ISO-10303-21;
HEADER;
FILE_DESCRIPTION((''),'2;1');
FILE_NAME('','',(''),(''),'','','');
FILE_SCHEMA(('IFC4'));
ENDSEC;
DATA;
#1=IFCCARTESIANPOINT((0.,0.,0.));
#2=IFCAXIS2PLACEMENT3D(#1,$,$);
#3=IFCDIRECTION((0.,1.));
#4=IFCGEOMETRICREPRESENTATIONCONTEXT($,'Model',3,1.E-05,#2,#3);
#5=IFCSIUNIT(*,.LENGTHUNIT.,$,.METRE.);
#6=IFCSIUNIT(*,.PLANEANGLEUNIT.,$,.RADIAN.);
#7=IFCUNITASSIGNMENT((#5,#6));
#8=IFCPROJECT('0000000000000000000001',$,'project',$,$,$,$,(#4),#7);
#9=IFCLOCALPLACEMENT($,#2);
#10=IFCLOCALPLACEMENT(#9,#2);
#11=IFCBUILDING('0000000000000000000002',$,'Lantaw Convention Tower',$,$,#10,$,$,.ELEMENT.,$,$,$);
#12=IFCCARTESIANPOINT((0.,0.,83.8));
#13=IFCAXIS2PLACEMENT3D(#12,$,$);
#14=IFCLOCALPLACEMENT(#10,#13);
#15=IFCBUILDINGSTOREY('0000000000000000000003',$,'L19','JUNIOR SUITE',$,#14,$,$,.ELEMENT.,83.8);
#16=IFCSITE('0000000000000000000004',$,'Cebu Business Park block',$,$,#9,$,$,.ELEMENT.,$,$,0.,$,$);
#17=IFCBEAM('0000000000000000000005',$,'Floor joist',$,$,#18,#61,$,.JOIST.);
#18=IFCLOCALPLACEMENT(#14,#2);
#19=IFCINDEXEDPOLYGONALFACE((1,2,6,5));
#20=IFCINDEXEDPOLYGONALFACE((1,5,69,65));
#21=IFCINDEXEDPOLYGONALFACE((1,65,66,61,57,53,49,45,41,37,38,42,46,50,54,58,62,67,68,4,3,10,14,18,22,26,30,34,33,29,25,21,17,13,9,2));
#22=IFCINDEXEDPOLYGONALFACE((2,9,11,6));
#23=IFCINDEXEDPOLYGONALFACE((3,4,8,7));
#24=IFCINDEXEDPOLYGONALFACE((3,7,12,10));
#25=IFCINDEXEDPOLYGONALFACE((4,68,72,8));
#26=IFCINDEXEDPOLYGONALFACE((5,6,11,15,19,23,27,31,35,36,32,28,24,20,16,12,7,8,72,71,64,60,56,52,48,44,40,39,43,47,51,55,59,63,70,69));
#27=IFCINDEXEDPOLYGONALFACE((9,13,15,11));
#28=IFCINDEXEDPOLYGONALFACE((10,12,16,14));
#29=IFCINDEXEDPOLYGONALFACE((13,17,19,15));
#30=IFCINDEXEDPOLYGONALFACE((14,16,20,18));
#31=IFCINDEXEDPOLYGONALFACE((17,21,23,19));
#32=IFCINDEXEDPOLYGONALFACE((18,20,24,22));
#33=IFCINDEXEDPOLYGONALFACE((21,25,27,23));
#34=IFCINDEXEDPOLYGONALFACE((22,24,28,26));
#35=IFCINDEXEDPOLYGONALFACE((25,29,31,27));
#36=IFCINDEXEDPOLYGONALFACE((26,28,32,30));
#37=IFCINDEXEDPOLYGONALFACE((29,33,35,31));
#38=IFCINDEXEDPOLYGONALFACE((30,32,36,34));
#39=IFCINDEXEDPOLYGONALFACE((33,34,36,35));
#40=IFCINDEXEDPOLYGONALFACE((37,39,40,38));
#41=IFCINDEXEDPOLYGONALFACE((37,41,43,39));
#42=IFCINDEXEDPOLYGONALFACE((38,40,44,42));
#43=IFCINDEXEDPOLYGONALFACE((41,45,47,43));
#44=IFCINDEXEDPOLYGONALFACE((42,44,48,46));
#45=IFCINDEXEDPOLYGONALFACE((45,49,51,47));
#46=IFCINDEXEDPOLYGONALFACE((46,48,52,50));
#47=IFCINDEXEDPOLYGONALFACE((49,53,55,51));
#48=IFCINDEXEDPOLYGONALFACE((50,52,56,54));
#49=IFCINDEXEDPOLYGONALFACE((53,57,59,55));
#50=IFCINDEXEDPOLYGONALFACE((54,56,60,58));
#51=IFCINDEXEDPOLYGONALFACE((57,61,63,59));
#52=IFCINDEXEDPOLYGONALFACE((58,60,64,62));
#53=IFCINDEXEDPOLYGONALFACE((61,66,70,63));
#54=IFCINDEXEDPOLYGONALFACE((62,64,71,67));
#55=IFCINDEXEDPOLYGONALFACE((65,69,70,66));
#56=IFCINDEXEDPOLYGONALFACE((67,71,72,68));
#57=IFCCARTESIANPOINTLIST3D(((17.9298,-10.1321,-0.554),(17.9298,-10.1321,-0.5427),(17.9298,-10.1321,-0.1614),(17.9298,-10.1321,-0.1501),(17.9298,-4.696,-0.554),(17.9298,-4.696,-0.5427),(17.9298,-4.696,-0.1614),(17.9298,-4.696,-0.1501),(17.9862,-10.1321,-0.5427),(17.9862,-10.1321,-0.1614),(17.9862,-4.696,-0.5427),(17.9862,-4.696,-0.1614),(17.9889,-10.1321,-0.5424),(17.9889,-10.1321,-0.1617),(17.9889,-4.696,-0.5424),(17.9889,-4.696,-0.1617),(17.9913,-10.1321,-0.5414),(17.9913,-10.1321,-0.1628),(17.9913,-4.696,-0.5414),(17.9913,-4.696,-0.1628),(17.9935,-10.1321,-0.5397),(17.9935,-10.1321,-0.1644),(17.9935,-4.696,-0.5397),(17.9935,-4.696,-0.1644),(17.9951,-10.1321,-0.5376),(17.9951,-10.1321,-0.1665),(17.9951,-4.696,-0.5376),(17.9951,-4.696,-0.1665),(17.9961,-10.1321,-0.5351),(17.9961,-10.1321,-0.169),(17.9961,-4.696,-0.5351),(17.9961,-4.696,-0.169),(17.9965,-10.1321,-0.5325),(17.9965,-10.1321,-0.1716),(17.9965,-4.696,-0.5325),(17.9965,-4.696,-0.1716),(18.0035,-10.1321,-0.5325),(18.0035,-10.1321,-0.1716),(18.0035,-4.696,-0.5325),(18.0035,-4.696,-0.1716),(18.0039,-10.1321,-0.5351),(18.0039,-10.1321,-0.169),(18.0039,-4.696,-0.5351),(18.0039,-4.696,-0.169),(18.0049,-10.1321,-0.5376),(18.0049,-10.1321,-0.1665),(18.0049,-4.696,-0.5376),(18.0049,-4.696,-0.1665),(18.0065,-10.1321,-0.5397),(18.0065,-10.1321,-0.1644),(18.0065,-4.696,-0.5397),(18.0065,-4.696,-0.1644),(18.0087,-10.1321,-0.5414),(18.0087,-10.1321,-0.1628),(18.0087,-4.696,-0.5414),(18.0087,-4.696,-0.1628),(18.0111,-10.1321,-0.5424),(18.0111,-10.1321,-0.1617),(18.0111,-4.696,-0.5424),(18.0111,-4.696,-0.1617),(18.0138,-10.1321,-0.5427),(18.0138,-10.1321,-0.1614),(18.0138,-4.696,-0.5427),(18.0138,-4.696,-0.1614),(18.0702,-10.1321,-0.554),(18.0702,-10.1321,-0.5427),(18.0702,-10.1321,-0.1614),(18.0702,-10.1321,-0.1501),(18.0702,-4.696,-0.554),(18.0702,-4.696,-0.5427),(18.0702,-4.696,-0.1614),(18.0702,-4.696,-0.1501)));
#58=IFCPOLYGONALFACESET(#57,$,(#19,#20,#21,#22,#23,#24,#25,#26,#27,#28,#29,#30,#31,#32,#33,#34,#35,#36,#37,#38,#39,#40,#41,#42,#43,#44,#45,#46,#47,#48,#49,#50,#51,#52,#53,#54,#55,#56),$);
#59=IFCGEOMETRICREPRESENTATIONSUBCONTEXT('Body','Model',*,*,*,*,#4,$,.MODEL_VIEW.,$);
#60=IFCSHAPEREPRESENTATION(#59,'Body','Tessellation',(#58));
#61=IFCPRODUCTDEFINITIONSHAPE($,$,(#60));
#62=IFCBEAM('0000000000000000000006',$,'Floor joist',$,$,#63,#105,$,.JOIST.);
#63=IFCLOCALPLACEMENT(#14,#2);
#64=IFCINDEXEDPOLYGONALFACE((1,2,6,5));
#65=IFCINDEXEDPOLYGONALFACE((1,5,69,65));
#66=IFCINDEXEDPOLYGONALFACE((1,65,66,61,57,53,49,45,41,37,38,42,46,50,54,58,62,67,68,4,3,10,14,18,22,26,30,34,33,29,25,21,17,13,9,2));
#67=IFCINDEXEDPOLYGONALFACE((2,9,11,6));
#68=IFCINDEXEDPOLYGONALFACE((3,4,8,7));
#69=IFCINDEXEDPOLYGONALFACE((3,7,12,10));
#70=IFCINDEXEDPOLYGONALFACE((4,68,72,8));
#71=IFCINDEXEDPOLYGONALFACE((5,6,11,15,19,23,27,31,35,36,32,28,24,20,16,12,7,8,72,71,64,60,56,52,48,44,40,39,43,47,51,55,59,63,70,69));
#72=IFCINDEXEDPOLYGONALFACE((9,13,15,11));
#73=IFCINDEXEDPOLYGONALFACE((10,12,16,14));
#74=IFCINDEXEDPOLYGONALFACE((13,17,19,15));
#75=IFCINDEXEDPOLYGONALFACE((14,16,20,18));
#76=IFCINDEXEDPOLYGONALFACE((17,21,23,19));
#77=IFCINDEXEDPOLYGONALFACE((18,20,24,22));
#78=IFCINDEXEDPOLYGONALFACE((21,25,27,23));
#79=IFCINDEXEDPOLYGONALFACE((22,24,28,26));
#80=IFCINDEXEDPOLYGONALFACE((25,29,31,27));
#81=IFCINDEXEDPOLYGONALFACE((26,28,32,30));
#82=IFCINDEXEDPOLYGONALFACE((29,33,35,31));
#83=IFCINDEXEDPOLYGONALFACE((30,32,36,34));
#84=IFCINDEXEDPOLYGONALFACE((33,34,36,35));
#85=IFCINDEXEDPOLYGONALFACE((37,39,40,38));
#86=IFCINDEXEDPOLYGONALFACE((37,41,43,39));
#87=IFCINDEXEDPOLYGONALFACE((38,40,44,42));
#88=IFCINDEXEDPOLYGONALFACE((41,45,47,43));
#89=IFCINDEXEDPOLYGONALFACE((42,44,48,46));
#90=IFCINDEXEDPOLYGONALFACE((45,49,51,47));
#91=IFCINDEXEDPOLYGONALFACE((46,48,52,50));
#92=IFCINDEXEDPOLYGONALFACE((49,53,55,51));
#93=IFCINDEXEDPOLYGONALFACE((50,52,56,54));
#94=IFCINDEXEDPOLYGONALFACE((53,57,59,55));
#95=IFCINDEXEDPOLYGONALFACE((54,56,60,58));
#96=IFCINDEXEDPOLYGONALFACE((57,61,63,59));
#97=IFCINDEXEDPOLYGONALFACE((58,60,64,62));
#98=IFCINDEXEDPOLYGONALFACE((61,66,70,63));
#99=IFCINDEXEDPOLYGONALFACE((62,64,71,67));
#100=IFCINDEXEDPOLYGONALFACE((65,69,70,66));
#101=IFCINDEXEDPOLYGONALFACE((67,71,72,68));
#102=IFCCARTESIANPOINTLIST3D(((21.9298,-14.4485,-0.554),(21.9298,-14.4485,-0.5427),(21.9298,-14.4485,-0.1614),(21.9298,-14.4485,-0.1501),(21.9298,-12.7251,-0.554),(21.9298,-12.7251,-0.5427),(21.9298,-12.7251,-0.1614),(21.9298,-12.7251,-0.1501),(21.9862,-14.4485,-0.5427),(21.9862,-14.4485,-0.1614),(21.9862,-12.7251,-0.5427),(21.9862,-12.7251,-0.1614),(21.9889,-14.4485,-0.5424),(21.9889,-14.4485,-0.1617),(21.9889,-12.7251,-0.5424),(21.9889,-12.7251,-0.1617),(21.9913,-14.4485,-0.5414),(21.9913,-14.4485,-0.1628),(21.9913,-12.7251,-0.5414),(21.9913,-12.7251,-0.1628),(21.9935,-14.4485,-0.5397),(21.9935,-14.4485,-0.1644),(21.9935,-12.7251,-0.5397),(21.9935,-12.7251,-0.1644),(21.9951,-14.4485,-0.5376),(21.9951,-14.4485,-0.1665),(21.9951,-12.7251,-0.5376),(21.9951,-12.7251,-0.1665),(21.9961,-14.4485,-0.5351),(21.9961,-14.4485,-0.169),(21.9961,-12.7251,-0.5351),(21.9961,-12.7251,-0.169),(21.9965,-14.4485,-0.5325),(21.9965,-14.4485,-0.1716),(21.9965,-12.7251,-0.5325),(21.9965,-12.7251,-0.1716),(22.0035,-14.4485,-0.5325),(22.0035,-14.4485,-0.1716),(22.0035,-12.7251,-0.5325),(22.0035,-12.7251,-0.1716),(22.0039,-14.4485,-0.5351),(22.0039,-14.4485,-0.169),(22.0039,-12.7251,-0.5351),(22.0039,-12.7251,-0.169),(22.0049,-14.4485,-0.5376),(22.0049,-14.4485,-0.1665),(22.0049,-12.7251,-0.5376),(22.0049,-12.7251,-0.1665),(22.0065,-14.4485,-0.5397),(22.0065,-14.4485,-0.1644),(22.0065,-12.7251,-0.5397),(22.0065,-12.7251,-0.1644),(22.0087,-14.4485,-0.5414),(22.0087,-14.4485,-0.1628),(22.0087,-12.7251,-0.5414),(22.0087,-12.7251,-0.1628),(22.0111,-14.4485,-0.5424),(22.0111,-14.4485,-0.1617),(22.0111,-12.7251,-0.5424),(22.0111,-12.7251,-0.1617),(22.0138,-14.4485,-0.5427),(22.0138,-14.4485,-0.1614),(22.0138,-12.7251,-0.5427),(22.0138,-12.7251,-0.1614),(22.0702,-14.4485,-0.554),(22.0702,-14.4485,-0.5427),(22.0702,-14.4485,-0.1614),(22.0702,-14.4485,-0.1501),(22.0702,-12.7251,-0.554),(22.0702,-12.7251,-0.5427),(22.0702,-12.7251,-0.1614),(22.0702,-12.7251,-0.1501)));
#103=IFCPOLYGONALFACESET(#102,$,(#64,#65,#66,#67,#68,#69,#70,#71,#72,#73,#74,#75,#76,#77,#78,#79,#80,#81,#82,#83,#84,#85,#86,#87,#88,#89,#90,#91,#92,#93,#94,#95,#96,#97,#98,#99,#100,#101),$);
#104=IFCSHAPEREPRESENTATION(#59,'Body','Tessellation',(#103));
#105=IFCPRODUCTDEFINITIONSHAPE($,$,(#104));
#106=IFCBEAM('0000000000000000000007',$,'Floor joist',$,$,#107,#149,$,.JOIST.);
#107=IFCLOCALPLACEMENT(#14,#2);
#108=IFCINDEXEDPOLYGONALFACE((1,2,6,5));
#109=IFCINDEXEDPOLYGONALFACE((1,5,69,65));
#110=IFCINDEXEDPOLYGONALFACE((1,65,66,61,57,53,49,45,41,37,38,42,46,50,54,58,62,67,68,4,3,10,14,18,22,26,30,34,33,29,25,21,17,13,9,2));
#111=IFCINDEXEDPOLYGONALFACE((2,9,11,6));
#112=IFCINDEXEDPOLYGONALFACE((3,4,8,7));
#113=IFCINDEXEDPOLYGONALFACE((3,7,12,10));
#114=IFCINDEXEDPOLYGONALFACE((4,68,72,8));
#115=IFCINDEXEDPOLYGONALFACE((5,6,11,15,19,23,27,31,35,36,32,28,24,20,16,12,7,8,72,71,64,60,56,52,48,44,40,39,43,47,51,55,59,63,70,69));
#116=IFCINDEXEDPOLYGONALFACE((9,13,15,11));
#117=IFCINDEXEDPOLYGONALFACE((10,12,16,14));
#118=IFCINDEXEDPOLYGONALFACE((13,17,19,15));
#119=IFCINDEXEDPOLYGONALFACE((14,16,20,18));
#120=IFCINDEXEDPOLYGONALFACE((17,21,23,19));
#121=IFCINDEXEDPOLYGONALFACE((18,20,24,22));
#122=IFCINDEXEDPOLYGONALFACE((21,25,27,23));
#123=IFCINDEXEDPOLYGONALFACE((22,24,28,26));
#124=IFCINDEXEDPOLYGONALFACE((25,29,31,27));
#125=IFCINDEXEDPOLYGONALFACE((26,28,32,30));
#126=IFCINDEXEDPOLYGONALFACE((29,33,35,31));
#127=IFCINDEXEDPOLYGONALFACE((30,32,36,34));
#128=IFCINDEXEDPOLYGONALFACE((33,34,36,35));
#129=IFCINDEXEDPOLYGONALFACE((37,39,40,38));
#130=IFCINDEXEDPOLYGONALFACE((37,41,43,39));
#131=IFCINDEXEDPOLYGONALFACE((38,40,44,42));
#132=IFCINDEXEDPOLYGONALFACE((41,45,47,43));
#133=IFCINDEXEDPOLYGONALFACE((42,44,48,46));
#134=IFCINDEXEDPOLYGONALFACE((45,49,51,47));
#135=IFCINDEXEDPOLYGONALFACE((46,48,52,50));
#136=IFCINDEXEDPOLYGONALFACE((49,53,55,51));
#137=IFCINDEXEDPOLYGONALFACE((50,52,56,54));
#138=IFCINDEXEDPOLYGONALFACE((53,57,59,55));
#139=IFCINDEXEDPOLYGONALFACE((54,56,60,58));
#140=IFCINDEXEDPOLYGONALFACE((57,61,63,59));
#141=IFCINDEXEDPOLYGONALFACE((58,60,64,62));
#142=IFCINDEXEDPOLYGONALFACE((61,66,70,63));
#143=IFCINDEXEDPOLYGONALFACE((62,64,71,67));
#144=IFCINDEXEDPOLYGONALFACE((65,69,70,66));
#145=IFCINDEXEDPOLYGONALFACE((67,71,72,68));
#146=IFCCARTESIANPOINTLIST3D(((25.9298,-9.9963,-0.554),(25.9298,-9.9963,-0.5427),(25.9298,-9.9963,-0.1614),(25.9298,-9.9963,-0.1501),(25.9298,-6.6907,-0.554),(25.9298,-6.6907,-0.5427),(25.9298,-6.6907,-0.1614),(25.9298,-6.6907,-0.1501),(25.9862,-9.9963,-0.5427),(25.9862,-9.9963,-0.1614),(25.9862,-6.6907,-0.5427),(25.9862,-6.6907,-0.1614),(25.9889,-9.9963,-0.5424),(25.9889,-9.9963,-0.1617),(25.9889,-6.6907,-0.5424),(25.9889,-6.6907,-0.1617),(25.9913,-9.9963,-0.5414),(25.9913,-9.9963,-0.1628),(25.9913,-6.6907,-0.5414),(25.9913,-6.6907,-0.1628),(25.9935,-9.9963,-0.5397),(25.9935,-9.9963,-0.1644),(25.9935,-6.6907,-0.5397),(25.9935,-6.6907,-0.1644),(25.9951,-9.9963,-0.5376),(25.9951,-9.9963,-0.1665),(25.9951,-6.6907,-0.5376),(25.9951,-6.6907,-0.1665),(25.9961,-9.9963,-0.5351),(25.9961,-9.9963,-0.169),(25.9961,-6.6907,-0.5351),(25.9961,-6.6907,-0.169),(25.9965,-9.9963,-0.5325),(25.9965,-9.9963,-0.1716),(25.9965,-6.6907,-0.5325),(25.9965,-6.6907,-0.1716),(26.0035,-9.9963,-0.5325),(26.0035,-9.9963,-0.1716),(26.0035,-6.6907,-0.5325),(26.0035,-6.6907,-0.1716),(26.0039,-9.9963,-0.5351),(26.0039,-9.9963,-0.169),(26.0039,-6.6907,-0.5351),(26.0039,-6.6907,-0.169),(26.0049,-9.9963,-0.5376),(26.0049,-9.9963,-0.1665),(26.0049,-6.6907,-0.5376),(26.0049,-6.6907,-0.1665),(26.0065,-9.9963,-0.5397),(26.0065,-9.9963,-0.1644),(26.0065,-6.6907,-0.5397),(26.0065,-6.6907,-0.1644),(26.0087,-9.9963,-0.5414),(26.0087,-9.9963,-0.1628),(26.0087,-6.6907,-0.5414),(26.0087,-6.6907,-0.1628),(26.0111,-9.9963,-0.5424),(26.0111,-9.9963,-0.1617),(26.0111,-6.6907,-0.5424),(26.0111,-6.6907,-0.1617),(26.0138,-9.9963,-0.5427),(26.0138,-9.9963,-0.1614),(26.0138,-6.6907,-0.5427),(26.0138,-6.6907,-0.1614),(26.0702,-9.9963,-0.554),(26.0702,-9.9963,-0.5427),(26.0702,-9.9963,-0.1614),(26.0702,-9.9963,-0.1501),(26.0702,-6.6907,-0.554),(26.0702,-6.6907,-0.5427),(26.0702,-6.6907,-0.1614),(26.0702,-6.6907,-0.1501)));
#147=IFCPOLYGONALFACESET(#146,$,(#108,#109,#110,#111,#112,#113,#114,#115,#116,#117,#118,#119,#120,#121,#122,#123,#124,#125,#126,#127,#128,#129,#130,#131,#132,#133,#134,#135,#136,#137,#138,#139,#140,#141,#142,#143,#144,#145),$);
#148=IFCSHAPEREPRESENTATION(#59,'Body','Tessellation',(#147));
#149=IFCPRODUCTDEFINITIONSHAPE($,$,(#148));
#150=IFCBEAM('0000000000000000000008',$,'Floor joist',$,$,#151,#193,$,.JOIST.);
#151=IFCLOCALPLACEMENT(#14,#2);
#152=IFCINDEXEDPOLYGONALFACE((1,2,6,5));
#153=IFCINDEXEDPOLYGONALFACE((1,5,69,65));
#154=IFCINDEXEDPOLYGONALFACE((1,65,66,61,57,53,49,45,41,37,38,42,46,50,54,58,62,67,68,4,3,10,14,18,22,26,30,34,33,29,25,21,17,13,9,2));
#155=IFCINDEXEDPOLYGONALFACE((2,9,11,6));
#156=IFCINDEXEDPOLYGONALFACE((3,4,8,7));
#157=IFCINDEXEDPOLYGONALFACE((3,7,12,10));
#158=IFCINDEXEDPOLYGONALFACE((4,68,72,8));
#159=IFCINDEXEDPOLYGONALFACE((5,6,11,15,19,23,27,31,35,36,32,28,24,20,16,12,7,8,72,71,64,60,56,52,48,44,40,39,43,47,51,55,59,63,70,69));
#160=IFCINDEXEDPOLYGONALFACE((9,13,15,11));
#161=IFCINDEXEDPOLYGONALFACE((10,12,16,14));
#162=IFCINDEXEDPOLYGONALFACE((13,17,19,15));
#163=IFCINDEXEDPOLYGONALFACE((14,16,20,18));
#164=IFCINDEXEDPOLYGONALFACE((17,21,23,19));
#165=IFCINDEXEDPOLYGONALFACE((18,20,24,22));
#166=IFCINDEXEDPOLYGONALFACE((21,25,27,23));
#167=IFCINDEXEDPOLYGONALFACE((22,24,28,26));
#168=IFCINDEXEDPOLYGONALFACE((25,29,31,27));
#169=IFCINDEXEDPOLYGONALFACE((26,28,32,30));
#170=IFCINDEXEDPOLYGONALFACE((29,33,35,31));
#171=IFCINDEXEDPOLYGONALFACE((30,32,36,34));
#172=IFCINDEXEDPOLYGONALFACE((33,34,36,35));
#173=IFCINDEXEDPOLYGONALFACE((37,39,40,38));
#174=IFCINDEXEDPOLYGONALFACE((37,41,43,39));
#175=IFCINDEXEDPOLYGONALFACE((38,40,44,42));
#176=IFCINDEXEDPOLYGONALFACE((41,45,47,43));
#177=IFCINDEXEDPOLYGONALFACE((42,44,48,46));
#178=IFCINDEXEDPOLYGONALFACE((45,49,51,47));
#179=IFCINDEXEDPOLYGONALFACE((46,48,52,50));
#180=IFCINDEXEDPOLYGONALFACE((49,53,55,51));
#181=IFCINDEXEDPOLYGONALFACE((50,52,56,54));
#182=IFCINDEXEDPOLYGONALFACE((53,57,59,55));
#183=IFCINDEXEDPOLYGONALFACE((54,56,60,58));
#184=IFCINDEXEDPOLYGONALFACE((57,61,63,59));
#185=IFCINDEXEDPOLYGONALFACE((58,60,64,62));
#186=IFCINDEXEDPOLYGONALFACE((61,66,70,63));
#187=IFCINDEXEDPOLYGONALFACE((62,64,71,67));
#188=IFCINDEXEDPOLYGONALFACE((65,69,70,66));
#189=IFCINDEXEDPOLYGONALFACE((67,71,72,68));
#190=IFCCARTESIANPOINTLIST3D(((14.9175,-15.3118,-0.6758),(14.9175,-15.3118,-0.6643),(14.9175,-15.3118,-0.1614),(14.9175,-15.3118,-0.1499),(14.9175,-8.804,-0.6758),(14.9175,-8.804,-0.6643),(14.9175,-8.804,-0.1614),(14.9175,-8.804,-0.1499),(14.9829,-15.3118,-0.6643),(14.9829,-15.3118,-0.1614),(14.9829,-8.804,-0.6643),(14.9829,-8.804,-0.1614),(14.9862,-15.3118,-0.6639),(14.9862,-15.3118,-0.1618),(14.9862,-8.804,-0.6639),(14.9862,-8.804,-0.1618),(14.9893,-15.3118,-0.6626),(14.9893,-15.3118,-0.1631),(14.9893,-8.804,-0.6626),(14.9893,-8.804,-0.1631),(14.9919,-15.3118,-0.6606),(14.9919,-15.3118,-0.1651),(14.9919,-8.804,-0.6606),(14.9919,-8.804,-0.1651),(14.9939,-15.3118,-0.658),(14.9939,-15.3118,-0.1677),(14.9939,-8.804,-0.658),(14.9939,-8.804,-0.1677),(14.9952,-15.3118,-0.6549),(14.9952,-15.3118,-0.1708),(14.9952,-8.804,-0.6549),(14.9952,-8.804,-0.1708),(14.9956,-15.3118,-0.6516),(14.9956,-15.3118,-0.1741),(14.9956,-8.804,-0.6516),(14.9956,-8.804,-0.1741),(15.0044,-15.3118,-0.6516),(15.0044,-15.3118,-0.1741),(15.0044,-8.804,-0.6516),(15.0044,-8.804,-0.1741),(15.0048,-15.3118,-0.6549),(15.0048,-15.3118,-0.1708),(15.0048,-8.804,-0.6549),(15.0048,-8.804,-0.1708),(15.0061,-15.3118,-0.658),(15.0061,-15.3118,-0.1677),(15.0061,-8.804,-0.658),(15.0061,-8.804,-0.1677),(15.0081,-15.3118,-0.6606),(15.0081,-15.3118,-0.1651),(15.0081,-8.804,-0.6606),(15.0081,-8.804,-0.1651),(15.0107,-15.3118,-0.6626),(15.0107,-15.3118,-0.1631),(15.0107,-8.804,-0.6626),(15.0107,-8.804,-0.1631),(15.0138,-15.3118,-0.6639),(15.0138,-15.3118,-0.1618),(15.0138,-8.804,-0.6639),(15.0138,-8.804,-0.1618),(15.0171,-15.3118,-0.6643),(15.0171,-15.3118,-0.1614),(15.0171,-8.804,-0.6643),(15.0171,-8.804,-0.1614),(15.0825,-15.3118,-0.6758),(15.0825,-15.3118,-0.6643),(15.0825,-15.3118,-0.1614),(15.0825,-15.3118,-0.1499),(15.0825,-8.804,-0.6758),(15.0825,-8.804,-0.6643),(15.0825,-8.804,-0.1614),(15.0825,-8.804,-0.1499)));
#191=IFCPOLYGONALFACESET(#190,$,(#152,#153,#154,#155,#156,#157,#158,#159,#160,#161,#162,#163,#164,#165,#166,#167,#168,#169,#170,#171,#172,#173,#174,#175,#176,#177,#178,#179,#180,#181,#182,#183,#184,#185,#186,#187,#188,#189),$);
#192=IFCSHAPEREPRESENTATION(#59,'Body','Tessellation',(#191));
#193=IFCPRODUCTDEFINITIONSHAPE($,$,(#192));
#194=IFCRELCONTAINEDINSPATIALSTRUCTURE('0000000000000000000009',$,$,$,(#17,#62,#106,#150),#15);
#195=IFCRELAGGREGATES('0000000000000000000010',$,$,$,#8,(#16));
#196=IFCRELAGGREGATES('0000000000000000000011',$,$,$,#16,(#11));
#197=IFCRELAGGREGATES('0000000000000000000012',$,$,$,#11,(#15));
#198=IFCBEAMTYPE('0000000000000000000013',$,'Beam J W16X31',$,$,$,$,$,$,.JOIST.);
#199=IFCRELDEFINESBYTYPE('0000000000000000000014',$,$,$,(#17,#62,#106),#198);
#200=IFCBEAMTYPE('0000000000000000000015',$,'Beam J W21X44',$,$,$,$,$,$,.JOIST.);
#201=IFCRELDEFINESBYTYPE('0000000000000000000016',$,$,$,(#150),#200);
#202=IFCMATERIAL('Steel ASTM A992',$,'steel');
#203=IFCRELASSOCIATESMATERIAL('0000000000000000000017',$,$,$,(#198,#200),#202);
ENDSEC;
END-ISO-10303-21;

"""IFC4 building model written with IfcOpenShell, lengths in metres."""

from ifc_helpers import new_model, si_unit, direction, frame, origin, origin_2d, place, context, subcontext, project, spatial, i_section, extrude, material, material_profile, profile_set, type_object, element, save


model = new_model("IFC4")

# Units and contexts
model_context = context("Model", 3, precision=1e-05, world=origin(), true_north=direction((0.0, 1.0)))
body_context = subcontext(model_context, "Body", "Model", "MODEL_VIEW")
ifc_project = project(units=[si_unit("LENGTHUNIT", "METRE"), si_unit("PLANEANGLEUNIT", "RADIAN")], contexts=[model_context])

# Site, building, storey
site_placement = place(None, origin())
site = spatial("IfcSite", under=ifc_project, at=site_placement, Name="Cebu Business Park block", CompositionType="ELEMENT", RefElevation=0.0)
building_placement = place(site_placement, origin())
building = spatial("IfcBuilding", under=site, at=building_placement, Name="Lantaw Convention Tower", CompositionType="ELEMENT")
storey_placement = place(building_placement, frame((0.0, 0.0, 83.8)))
storey = spatial("IfcBuildingStorey", under=building, at=storey_placement, Name="L19", Description="JUNIOR SUITE", CompositionType="ELEMENT", Elevation=83.8)

# Beams
ifc_material_1 = material(Name="Steel ASTM A992", Category="steel")
ifc_material_profile_1 = material_profile(ifc_material_1, i_section(OverallWidth=0.1404, OverallDepth=0.4038, WebThickness=0.0071, FlangeThickness=0.0112, FilletRadius=0.0103, at=origin_2d()), Name="W16X31")
ifc_profile_set_1 = profile_set([ifc_material_profile_1], Name="Steel ASTM A992")
beam_type_1 = type_object("IfcBeamType", Name="Beam J W16X31", PredefinedType="JOIST", material=ifc_profile_set_1)
beam_1_placement = place(storey_placement, frame((18.0, -10.1321, -0.3521), z_axis=(0.0, 1.0, 0.0), x_axis=(-1.0, 0.0, 0.0)))
element("IfcBeam", 1, at=beam_1_placement, inside=storey, type_object=beam_type_1, Name="Floor joist", PredefinedType="JOIST", context=body_context, shape_type="SweptSolid", body=[
    extrude(i_section(OverallWidth=0.1404, OverallDepth=0.4038, WebThickness=0.0071, FlangeThickness=0.0112, FilletRadius=0.0103, at=origin_2d()), origin(), (0.0, 0.0, 1.0), 5.436),
])
beam_2_placement = place(storey_placement, frame((22.0, -14.4485, -0.3521), z_axis=(0.0, 1.0, 0.0), x_axis=(-1.0, 0.0, 0.0)))
element("IfcBeam", 2, at=beam_2_placement, inside=storey, type_object=beam_type_1, Name="Floor joist", PredefinedType="JOIST", context=body_context, shape_type="SweptSolid", body=[
    extrude(i_section(OverallWidth=0.1404, OverallDepth=0.4038, WebThickness=0.0071, FlangeThickness=0.0112, FilletRadius=0.0103, at=origin_2d()), origin(), (0.0, 0.0, 1.0), 1.7234),
])
beam_3_placement = place(storey_placement, frame((26.0, -9.9963, -0.3521), z_axis=(0.0, 1.0, 0.0), x_axis=(-1.0, 0.0, 0.0)))
element("IfcBeam", 3, at=beam_3_placement, inside=storey, type_object=beam_type_1, Name="Floor joist", PredefinedType="JOIST", context=body_context, shape_type="SweptSolid", body=[
    extrude(i_section(OverallWidth=0.1404, OverallDepth=0.4038, WebThickness=0.0071, FlangeThickness=0.0112, FilletRadius=0.0103, at=origin_2d()), origin(), (0.0, 0.0, 1.0), 3.3057),
])
ifc_material_profile_2 = material_profile(ifc_material_1, i_section(OverallWidth=0.165, OverallDepth=0.5259, WebThickness=0.0088, FlangeThickness=0.0115, FilletRadius=0.0127, at=origin_2d()), Name="W21X44")
ifc_profile_set_2 = profile_set([ifc_material_profile_2], Name="Steel ASTM A992")
beam_type_2 = type_object("IfcBeamType", Name="Beam J W21X44", PredefinedType="JOIST", material=ifc_profile_set_2)
beam_4_placement = place(storey_placement, frame((15.0, -15.3118, -0.4128), z_axis=(0.0, 1.0, 0.0), x_axis=(-1.0, 0.0, 0.0)))
element("IfcBeam", 4, at=beam_4_placement, inside=storey, type_object=beam_type_2, Name="Floor joist", PredefinedType="JOIST", context=body_context, shape_type="SweptSolid", body=[
    extrude(i_section(OverallWidth=0.165, OverallDepth=0.5259, WebThickness=0.0088, FlangeThickness=0.0115, FilletRadius=0.0127, at=origin_2d()), origin(), (0.0, 0.0, 1.0), 6.5078),
])

save(model, "model.ifc")
